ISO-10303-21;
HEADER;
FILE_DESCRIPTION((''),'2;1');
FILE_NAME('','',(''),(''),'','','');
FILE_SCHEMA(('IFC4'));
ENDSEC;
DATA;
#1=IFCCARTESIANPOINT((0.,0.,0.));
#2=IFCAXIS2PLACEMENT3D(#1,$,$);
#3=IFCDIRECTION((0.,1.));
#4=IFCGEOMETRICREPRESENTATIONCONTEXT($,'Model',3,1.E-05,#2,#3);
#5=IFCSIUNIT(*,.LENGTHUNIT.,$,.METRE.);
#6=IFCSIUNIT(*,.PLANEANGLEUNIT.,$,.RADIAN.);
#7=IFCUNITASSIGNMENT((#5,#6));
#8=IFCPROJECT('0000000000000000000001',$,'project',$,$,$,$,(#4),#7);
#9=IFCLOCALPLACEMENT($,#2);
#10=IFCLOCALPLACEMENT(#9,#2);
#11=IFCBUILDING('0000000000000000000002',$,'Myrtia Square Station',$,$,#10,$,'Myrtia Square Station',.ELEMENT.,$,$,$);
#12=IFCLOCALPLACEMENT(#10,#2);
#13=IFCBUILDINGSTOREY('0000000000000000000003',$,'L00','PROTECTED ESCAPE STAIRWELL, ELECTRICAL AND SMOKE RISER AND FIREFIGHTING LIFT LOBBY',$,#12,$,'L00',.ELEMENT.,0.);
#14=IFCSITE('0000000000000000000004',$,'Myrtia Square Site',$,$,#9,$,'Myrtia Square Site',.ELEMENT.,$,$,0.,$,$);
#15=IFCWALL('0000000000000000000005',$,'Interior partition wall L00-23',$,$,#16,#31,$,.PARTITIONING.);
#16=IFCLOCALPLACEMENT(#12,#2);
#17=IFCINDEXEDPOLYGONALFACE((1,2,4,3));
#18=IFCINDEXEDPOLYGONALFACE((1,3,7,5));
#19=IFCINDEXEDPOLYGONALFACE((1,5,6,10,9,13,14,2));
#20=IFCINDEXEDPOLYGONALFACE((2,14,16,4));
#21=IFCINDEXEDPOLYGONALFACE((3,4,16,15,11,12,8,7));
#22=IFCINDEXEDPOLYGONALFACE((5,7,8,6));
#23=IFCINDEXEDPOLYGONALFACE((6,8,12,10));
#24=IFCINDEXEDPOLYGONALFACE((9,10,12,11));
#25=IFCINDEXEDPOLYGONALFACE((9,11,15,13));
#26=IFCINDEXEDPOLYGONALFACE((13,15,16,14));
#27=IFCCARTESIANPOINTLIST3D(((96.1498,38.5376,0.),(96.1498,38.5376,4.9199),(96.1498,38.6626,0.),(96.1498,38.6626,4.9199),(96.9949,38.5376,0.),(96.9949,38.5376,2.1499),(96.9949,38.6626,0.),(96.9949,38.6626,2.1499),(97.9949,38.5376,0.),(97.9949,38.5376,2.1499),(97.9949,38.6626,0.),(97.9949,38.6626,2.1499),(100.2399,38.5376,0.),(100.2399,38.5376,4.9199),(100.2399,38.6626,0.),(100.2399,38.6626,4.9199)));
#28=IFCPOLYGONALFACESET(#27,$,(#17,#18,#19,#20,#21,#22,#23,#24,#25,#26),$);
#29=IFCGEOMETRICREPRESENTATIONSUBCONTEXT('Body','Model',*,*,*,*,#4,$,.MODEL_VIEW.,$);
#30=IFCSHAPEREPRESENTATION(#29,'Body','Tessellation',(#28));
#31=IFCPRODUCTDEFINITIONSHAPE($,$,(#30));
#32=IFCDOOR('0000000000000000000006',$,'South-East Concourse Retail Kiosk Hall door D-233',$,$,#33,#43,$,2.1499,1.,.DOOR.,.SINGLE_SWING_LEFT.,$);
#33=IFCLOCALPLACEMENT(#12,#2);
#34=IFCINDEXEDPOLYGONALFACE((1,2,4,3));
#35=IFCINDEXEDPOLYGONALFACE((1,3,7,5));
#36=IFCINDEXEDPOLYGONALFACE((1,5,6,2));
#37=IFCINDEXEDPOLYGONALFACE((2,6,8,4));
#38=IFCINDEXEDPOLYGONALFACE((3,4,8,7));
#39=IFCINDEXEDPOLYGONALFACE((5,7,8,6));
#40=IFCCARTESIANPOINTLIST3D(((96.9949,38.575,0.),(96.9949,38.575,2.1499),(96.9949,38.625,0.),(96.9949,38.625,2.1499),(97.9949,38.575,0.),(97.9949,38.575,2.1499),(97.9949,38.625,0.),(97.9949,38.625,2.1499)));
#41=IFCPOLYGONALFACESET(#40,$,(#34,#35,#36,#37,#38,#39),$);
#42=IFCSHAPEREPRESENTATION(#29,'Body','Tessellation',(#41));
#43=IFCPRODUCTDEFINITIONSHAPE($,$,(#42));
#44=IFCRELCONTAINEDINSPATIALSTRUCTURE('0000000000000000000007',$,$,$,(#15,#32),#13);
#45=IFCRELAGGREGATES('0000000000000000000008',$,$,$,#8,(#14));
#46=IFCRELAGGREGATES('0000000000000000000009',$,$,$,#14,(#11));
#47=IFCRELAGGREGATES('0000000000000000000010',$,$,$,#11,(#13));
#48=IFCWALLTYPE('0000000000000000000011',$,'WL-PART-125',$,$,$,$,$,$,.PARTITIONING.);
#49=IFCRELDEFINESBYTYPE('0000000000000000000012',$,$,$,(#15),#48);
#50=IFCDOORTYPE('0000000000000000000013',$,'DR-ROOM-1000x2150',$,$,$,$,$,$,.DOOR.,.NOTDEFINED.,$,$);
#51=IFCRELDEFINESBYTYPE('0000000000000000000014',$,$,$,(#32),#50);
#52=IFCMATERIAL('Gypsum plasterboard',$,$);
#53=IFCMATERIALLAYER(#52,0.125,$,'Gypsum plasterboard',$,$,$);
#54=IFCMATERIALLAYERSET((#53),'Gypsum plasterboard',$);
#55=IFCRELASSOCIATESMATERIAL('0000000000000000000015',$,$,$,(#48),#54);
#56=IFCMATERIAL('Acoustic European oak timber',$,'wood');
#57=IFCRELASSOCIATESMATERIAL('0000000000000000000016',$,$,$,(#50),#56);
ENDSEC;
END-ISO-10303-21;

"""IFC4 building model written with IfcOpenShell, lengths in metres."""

from ifc_helpers import new_model, si_unit, direction, frame, frame_2d, origin, place, context, subcontext, project, spatial, rectangle, extrude, material, layer, layer_set, type_object, element, fill, save


model = new_model("IFC4")

# Units and contexts
model_context = context("Model", 3, precision=1e-05, world=origin(), true_north=direction((0.0, 1.0)))
body_context = subcontext(model_context, "Body", "Model", "MODEL_VIEW")
ifc_project = project(units=[si_unit("LENGTHUNIT", "METRE"), si_unit("PLANEANGLEUNIT", "RADIAN")], contexts=[model_context])

# Site, building, storey
site_placement = place(None, origin())
site = spatial("IfcSite", under=ifc_project, at=site_placement, Name="Myrtia Square Site", LongName="Myrtia Square Site", CompositionType="ELEMENT", RefElevation=0.0)
building_placement = place(site_placement, origin())
building = spatial("IfcBuilding", under=site, at=building_placement, Name="Myrtia Square Station", LongName="Myrtia Square Station", CompositionType="ELEMENT")
storey_placement = place(building_placement, origin())
storey = spatial("IfcBuildingStorey", under=building, at=storey_placement, Name="L00", Description="PROTECTED ESCAPE STAIRWELL, ELECTRICAL AND SMOKE RISER AND FIREFIGHTING LIFT LOBBY", LongName="L00", CompositionType="ELEMENT", Elevation=0.0)

# Wall, opening, door
ifc_material_1 = material(Name="Gypsum plasterboard")
ifc_layer_1 = layer(ifc_material_1, 0.125, Name="Gypsum plasterboard")
ifc_layer_set_1 = layer_set([ifc_layer_1], Name="Gypsum plasterboard")
wall_type_1 = type_object("IfcWallType", Name="WL-PART-125", PredefinedType="PARTITIONING", material=ifc_layer_set_1)
wall_1_placement = place(storey_placement, frame((96.1499, 38.6001, 0.0), z_axis=(0.0, 0.0, 1.0), x_axis=(1.0, 0.0, 0.0)))
wall_1 = element("IfcWall", 1, at=wall_1_placement, inside=storey, type_object=wall_type_1, Name="Interior partition wall L00-23", PredefinedType="PARTITIONING", context=body_context, shape_type="SweptSolid", body=[
    extrude(rectangle(XDim=4.0901, YDim=0.125, at=frame_2d((2.0449, 0.0))), origin(), (0.0, 0.0, 1.0), 4.9199),
])
opening_1_placement = place(wall_1_placement, frame((0.845, 0.0, 0.0)))
opening_1 = element("IfcOpeningElement", 2, at=opening_1_placement, cuts=wall_1, PredefinedType="OPENING", context=body_context, shape_type="SweptSolid", body=[
    extrude(rectangle(XDim=1.0, YDim=2.1499, at=frame_2d((0.5, 1.075))), frame((0.0, 0.0774, 0.0), z_axis=(0.0, -1.0, 0.0), x_axis=(1.0, 0.0, 0.0)), (0.0, 0.0, 1.0), 0.155),
])
ifc_material_2 = material(Name="Acoustic European oak timber", Category="wood")
door_type_1 = type_object("IfcDoorType", Name="DR-ROOM-1000x2150", OperationType="NOTDEFINED", PredefinedType="DOOR", material=ifc_material_2)
door_1_placement = place(opening_1_placement, origin())
door_1 = element("IfcDoor", 3, at=door_1_placement, inside=storey, type_object=door_type_1, Name="South-East Concourse Retail Kiosk Hall door D-233", OperationType="SINGLE_SWING_LEFT", OverallHeight=2.1499, OverallWidth=1.0, PredefinedType="DOOR", context=body_context, shape_type="SweptSolid", body=[
    extrude(rectangle(XDim=1.0, YDim=2.1499, at=frame_2d((0.5, 1.075))), frame((0.0, 0.0249, 0.0), z_axis=(0.0, -1.0, 0.0), x_axis=(1.0, 0.0, 0.0)), (0.0, 0.0, 1.0), 0.05),
])
fill(opening_1, door_1)

save(model, "model.ifc")
